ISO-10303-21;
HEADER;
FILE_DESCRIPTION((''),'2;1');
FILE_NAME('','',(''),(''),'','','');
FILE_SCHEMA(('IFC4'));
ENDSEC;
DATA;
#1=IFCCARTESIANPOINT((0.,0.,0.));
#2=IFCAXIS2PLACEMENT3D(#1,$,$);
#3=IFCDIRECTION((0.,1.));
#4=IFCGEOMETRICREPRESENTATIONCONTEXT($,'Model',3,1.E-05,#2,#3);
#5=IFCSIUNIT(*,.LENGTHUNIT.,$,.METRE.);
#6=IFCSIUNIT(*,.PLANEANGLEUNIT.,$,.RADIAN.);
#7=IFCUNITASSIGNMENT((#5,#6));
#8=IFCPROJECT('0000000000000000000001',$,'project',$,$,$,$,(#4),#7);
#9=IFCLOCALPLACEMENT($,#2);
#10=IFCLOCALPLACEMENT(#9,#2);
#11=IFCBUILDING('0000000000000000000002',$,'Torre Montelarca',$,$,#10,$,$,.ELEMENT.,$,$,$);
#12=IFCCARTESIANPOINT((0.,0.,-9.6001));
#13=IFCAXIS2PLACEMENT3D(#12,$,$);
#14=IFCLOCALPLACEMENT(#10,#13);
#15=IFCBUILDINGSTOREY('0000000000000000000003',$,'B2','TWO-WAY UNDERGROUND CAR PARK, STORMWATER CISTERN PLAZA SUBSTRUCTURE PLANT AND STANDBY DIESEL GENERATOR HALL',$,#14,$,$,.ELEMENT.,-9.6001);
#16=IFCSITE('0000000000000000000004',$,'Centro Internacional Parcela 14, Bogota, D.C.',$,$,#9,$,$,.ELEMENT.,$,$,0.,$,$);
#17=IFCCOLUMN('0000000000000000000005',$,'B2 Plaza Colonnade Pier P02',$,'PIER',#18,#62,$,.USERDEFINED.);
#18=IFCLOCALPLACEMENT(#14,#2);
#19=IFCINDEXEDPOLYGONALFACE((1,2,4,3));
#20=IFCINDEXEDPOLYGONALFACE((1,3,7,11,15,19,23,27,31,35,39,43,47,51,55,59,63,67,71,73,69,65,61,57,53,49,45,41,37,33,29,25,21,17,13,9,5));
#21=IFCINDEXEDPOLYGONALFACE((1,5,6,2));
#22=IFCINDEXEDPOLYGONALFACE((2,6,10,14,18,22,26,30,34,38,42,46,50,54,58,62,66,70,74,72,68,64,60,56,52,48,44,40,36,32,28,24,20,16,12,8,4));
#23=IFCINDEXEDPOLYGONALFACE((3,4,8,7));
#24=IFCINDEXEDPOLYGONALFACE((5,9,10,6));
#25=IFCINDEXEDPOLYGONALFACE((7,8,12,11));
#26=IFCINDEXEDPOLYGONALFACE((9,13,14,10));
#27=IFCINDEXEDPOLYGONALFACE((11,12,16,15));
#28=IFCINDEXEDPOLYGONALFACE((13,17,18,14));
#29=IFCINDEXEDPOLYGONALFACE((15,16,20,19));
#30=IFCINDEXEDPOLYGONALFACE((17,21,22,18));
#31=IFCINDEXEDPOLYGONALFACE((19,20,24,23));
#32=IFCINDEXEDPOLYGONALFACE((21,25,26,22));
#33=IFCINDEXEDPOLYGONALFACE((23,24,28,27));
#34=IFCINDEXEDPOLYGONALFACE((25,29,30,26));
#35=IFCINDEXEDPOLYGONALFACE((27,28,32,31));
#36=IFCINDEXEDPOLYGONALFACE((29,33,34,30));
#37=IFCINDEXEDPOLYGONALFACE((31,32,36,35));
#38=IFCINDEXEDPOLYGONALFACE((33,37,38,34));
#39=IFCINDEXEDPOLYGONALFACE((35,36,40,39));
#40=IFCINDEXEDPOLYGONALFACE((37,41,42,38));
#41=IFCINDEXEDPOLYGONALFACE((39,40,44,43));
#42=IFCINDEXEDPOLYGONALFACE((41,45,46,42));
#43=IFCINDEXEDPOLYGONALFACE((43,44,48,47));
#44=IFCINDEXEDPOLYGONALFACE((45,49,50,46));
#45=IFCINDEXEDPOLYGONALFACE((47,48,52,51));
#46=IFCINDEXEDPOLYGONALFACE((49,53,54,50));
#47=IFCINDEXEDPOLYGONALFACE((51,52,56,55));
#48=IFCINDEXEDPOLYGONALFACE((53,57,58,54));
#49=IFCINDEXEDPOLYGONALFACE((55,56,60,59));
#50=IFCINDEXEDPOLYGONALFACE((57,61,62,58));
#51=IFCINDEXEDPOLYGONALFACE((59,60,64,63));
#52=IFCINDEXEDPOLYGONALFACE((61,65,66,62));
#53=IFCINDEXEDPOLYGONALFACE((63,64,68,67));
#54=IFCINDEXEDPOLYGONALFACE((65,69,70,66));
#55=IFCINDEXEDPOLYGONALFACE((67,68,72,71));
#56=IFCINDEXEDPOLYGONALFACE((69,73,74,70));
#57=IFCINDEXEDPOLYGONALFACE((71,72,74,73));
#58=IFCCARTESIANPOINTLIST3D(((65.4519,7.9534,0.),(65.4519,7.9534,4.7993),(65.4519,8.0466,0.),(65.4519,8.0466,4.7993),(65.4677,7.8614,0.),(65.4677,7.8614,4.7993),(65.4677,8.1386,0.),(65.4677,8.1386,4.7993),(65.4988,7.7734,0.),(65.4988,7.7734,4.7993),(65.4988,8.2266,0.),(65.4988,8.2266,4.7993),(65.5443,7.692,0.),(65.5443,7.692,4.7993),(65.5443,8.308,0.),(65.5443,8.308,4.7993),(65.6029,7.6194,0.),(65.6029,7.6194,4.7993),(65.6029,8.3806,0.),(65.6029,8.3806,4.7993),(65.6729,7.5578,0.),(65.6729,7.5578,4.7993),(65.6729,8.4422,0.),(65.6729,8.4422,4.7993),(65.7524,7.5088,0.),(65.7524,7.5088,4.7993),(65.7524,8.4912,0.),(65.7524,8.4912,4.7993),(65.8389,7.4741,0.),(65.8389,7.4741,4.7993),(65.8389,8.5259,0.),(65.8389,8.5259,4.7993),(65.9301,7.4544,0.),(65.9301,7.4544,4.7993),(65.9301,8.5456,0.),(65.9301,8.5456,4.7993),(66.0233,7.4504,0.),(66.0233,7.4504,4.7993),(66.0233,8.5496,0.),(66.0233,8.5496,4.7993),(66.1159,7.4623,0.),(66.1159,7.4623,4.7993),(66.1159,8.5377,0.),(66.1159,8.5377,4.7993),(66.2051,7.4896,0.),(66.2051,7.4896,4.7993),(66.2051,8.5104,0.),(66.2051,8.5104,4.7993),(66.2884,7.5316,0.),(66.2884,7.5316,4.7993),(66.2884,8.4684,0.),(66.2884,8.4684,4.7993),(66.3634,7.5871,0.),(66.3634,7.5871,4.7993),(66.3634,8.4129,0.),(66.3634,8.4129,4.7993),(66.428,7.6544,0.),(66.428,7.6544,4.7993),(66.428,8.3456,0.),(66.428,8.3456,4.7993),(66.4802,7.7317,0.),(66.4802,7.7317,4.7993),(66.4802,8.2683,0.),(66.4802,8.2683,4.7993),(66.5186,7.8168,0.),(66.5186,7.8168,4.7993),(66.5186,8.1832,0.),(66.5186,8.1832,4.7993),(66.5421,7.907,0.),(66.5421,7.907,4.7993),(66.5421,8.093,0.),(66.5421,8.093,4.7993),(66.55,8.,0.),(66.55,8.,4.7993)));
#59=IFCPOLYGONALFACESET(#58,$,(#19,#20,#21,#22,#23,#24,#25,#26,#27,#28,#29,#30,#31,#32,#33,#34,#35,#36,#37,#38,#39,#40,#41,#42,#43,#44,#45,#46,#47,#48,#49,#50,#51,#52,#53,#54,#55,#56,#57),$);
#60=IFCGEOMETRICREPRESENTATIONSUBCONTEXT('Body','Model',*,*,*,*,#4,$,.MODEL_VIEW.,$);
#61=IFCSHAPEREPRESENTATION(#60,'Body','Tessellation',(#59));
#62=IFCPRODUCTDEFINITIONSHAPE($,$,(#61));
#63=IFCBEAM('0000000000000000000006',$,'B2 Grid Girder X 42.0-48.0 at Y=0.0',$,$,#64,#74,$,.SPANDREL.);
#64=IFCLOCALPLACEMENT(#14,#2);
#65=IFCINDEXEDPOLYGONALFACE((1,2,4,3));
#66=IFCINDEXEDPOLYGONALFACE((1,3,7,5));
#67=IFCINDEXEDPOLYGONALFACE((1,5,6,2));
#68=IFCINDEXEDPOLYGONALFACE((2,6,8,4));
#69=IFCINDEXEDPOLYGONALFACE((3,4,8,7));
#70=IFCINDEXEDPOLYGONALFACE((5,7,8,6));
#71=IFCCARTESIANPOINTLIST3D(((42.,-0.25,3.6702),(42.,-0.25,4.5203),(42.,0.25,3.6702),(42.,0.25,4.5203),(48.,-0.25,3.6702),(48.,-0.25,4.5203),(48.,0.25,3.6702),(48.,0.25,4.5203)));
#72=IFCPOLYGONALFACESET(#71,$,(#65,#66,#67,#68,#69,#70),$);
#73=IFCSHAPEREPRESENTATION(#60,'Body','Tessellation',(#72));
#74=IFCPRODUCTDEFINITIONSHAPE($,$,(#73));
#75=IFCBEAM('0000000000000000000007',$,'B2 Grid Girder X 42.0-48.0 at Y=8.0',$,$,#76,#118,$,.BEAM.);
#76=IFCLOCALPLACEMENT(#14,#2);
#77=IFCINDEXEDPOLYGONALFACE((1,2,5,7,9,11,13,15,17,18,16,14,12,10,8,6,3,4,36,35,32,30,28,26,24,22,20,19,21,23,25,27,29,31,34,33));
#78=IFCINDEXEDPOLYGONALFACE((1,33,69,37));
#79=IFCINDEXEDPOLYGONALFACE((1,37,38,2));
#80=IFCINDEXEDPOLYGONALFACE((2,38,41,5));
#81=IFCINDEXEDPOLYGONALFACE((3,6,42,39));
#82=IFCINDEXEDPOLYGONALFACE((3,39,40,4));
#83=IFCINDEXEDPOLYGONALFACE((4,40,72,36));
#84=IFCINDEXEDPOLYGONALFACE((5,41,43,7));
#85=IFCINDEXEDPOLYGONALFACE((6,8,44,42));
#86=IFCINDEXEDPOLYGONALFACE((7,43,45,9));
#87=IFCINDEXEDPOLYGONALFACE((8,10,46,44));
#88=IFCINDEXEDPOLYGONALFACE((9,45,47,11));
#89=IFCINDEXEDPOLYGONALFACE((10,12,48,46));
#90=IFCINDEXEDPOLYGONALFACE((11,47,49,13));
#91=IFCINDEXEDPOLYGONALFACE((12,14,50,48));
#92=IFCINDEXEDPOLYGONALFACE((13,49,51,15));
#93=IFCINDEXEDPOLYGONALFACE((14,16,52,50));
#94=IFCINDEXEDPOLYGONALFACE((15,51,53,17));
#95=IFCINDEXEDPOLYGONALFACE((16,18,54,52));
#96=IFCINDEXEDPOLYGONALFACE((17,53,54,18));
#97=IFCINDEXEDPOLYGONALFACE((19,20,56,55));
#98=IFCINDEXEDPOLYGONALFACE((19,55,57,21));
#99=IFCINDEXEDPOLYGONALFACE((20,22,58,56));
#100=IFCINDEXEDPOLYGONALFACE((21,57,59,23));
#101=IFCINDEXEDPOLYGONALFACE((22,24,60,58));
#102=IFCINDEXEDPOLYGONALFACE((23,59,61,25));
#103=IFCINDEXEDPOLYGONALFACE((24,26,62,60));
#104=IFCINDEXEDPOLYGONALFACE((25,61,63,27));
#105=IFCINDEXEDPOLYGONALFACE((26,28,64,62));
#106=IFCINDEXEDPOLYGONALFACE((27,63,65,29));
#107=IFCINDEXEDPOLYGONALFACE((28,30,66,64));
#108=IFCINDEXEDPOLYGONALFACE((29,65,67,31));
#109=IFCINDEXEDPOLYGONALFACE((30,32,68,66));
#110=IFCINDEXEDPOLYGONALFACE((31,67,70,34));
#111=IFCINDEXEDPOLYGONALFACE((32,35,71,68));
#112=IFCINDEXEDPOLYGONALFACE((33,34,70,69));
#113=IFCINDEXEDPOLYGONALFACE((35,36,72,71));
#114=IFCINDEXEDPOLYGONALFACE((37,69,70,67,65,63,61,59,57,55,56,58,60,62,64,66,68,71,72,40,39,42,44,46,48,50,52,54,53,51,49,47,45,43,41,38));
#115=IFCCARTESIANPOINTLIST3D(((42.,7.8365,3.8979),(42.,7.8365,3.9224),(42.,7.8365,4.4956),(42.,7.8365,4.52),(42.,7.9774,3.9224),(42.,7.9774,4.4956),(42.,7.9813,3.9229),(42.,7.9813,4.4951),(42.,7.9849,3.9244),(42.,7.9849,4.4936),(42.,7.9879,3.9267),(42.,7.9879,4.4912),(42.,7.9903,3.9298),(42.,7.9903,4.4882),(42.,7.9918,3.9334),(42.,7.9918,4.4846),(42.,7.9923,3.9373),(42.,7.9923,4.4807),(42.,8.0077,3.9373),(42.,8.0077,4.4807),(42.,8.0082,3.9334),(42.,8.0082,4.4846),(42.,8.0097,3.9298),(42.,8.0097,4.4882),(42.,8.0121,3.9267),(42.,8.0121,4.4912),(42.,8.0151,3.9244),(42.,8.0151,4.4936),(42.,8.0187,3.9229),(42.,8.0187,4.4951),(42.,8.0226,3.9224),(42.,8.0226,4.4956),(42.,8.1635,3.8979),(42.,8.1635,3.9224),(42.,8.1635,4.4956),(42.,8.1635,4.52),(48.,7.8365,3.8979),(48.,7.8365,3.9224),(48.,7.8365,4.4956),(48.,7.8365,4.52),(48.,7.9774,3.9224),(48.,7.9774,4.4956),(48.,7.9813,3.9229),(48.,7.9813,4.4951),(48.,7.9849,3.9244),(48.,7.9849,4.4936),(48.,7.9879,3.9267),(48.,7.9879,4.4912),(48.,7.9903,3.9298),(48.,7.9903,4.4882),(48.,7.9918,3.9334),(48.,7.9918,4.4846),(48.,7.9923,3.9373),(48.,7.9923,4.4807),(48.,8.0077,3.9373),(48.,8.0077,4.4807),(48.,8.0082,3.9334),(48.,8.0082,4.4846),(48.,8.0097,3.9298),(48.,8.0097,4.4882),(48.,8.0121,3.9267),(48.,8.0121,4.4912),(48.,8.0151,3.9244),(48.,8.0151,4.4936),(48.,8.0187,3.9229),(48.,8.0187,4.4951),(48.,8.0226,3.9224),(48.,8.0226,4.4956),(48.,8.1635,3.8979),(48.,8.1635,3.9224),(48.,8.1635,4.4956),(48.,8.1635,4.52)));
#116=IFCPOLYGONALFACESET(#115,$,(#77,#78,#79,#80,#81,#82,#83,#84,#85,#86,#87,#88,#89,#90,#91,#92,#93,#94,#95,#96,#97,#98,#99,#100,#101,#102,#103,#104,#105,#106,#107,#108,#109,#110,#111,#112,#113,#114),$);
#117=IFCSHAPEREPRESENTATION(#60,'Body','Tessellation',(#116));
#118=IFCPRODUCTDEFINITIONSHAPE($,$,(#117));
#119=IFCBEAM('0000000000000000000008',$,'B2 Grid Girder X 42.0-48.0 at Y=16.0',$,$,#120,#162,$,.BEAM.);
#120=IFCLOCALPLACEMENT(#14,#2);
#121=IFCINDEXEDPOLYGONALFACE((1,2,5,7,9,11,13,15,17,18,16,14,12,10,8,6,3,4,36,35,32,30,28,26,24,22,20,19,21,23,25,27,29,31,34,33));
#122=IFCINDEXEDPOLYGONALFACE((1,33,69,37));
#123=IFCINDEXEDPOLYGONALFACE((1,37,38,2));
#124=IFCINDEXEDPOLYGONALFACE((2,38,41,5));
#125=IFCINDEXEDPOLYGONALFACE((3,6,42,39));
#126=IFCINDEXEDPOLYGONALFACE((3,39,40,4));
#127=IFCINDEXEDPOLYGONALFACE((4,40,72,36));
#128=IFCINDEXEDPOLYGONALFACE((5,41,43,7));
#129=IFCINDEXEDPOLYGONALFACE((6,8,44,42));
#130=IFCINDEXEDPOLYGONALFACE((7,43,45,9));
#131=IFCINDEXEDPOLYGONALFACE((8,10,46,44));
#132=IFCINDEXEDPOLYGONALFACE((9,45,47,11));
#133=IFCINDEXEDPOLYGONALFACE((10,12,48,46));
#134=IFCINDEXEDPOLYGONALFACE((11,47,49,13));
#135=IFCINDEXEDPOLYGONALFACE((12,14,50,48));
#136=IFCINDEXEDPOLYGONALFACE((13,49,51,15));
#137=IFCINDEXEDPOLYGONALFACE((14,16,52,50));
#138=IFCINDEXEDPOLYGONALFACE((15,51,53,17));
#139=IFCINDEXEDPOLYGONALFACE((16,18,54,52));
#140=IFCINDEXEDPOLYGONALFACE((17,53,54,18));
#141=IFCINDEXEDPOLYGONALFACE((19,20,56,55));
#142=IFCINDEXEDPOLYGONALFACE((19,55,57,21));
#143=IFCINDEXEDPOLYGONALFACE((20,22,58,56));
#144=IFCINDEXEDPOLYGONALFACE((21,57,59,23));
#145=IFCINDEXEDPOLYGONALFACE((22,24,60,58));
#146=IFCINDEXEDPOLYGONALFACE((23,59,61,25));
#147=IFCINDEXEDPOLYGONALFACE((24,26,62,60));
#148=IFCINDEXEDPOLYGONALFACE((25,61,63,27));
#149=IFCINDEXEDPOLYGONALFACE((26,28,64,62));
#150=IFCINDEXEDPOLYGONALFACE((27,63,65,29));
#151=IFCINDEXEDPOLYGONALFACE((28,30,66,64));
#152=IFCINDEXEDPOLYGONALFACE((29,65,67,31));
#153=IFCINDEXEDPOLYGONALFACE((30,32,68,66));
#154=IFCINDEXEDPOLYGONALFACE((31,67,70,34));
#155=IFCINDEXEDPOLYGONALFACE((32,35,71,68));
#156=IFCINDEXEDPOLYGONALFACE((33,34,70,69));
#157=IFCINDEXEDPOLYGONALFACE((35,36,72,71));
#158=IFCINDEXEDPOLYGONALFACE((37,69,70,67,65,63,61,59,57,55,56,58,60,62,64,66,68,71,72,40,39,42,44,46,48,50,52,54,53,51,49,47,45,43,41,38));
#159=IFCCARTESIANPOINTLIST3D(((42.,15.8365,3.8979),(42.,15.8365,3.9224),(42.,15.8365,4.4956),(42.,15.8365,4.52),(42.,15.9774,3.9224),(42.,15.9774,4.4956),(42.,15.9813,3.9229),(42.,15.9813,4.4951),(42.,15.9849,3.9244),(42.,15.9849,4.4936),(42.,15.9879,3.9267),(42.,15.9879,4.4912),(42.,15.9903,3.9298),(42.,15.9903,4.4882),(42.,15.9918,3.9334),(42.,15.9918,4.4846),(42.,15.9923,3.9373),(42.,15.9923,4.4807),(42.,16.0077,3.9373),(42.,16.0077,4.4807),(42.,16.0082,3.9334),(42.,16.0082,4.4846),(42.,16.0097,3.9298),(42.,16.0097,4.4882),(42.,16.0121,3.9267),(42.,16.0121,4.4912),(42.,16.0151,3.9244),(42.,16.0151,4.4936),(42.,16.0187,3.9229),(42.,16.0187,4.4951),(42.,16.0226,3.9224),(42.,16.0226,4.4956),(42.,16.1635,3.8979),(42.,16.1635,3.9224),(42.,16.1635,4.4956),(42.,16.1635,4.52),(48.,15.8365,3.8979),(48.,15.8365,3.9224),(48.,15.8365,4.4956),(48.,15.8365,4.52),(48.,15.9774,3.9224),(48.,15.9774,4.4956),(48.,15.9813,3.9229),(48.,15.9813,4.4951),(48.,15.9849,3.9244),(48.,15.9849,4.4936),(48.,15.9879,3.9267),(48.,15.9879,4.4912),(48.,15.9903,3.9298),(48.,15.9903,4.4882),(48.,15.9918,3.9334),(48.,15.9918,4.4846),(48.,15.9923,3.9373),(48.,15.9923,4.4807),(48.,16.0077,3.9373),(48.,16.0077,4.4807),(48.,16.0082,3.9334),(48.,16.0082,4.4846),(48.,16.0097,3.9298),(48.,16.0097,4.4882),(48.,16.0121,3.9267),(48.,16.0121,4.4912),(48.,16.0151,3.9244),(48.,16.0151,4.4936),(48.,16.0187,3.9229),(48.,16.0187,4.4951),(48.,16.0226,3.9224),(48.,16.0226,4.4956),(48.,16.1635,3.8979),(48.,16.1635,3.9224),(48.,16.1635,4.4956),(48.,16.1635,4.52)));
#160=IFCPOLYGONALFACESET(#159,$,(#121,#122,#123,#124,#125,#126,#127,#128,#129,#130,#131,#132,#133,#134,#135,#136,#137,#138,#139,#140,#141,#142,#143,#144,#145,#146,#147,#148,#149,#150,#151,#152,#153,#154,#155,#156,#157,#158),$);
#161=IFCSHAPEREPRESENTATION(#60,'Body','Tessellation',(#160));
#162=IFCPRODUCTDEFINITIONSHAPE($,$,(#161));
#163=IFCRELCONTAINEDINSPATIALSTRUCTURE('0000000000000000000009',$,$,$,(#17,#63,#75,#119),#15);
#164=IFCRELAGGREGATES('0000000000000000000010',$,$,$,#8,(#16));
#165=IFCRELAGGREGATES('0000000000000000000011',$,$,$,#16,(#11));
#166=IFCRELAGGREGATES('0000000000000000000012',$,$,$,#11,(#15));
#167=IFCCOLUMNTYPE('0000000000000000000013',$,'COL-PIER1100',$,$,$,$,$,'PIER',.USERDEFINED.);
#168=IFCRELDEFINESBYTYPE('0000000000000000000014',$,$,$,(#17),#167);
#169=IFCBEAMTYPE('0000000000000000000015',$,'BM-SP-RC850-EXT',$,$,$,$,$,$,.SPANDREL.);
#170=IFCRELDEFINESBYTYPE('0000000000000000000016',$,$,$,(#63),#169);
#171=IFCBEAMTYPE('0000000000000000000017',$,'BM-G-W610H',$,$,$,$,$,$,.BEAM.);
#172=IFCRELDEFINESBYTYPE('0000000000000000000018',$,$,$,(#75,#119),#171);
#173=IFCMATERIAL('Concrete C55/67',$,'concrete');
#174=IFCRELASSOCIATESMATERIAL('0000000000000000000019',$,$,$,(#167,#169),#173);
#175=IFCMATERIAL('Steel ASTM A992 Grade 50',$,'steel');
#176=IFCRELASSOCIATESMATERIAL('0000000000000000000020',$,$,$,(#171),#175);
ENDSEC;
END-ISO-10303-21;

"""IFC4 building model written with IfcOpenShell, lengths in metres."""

from ifc_helpers import new_model, si_unit, direction, frame, origin, origin_2d, place, context, subcontext, project, spatial, rectangle, circle, i_section, extrude, source, transform, mapped, material, material_profile, profile_set, type_object, element, save


model = new_model("IFC4")

# Units and contexts
model_context = context("Model", 3, precision=1e-05, world=origin(), true_north=direction((0.0, 1.0)))
body_context = subcontext(model_context, "Body", "Model", "MODEL_VIEW")
ifc_project = project(units=[si_unit("LENGTHUNIT", "METRE"), si_unit("PLANEANGLEUNIT", "RADIAN")], contexts=[model_context])

# Site, building, storey
site_placement = place(None, origin())
site = spatial("IfcSite", under=ifc_project, at=site_placement, Name="Centro Internacional Parcela 14, Bogota, D.C.", CompositionType="ELEMENT", RefElevation=0.0)
building_placement = place(site_placement, origin())
building = spatial("IfcBuilding", under=site, at=building_placement, Name="Torre Montelarca", CompositionType="ELEMENT")
storey_placement = place(building_placement, frame((0.0, 0.0, -9.6001)))
storey = spatial("IfcBuildingStorey", under=building, at=storey_placement, Name="B2", Description="TWO-WAY UNDERGROUND CAR PARK, STORMWATER CISTERN PLAZA SUBSTRUCTURE PLANT AND STANDBY DIESEL GENERATOR HALL", CompositionType="ELEMENT", Elevation=-9.6001)

# Column
ifc_material_1 = material(Name="Concrete C55/67", Category="concrete")
ifc_material_profile_1 = material_profile(ifc_material_1, circle(Radius=0.55, at=origin_2d()), Name="RCC1100", Category="concrete")
ifc_profile_set_1 = profile_set([ifc_material_profile_1], Name="Concrete C55/67")
column_type_1 = type_object("IfcColumnType", Name="COL-PIER1100", ElementType="PIER", PredefinedType="USERDEFINED", material=ifc_profile_set_1)
shared_shape_1 = source(origin(), body_context, "Body", "SweptSolid", [
    extrude(circle(Radius=0.55, at=origin_2d()), origin(), (0.0, 0.0, 1.0), 4.7993),
])
for number, where, z_axis, x_axis, name in (
    (1, (66.0, 8.0, 0.0), (0.0, 0.0, 1.0), (1.0, 0.0, 0.0), "B2 Plaza Colonnade Pier P02"),
):
    element("IfcColumn", number, at=place(storey_placement, frame(where, z_axis=z_axis, x_axis=x_axis)), inside=storey, type_object=column_type_1, Name=name, ObjectType="PIER", PredefinedType="USERDEFINED", context=body_context, shape_type="MappedRepresentation", body=[
        mapped(shared_shape_1, transform((0.0, 0.0, 0.0), scale=1.0)),
    ])

# Beams
ifc_material_profile_2 = material_profile(ifc_material_1, rectangle(XDim=0.5, YDim=0.8501, at=origin_2d()), Name="RCB500X850", Category="concrete")
ifc_profile_set_2 = profile_set([ifc_material_profile_2], Name="Concrete C55/67")
beam_type_1 = type_object("IfcBeamType", Name="BM-SP-RC850-EXT", PredefinedType="SPANDREL", material=ifc_profile_set_2)
shared_shape_2 = source(origin(), body_context, "Body", "SweptSolid", [
    extrude(rectangle(XDim=0.5, YDim=0.8501, at=origin_2d()), origin(), (0.0, 0.0, 1.0), 6.0),
])
beam_placement = place(storey_placement, frame((42.0, 0.0, 4.0952), z_axis=(1.0, 0.0, 0.0), x_axis=(0.0, 1.0, 0.0)))
element("IfcBeam", 2, at=beam_placement, inside=storey, type_object=beam_type_1, Name="B2 Grid Girder X 42.0-48.0 at Y=0.0", PredefinedType="SPANDREL", context=body_context, shape_type="MappedRepresentation", body=[
    mapped(shared_shape_2, transform((0.0, 0.0, 0.0), scale=1.0)),
])
ifc_material_2 = material(Name="Steel ASTM A992 Grade 50", Category="steel")
ifc_material_profile_3 = material_profile(ifc_material_2, i_section(OverallWidth=0.3269, OverallDepth=0.6221, WebThickness=0.0154, FlangeThickness=0.0244, FilletRadius=0.0149, at=origin_2d()), Name="W610X195", Category="steel")
ifc_profile_set_3 = profile_set([ifc_material_profile_3], Name="Steel ASTM A992 Grade 50")
beam_type_2 = type_object("IfcBeamType", Name="BM-G-W610H", PredefinedType="BEAM", material=ifc_profile_set_3)
shared_shape_3 = source(origin(), body_context, "Body", "SweptSolid", [
    extrude(i_section(OverallWidth=0.3269, OverallDepth=0.6221, WebThickness=0.0154, FlangeThickness=0.0244, FilletRadius=0.0149, at=origin_2d()), origin(), (0.0, 0.0, 1.0), 6.0),
])
for number, where, z_axis, x_axis, name in (
    (3, (42.0, 8.0, 4.209), (1.0, 0.0, 0.0), (0.0, 1.0, 0.0), "B2 Grid Girder X 42.0-48.0 at Y=8.0"),
    (4, (42.0, 16.0, 4.209), (1.0, 0.0, 0.0), (0.0, 1.0, 0.0), "B2 Grid Girder X 42.0-48.0 at Y=16.0"),
):
    element("IfcBeam", number, at=place(storey_placement, frame(where, z_axis=z_axis, x_axis=x_axis)), inside=storey, type_object=beam_type_2, Name=name, PredefinedType="BEAM", context=body_context, shape_type="MappedRepresentation", body=[
        mapped(shared_shape_3, transform((0.0, 0.0, 0.0), scale=1.0)),
    ])

save(model, "model.ifc")
